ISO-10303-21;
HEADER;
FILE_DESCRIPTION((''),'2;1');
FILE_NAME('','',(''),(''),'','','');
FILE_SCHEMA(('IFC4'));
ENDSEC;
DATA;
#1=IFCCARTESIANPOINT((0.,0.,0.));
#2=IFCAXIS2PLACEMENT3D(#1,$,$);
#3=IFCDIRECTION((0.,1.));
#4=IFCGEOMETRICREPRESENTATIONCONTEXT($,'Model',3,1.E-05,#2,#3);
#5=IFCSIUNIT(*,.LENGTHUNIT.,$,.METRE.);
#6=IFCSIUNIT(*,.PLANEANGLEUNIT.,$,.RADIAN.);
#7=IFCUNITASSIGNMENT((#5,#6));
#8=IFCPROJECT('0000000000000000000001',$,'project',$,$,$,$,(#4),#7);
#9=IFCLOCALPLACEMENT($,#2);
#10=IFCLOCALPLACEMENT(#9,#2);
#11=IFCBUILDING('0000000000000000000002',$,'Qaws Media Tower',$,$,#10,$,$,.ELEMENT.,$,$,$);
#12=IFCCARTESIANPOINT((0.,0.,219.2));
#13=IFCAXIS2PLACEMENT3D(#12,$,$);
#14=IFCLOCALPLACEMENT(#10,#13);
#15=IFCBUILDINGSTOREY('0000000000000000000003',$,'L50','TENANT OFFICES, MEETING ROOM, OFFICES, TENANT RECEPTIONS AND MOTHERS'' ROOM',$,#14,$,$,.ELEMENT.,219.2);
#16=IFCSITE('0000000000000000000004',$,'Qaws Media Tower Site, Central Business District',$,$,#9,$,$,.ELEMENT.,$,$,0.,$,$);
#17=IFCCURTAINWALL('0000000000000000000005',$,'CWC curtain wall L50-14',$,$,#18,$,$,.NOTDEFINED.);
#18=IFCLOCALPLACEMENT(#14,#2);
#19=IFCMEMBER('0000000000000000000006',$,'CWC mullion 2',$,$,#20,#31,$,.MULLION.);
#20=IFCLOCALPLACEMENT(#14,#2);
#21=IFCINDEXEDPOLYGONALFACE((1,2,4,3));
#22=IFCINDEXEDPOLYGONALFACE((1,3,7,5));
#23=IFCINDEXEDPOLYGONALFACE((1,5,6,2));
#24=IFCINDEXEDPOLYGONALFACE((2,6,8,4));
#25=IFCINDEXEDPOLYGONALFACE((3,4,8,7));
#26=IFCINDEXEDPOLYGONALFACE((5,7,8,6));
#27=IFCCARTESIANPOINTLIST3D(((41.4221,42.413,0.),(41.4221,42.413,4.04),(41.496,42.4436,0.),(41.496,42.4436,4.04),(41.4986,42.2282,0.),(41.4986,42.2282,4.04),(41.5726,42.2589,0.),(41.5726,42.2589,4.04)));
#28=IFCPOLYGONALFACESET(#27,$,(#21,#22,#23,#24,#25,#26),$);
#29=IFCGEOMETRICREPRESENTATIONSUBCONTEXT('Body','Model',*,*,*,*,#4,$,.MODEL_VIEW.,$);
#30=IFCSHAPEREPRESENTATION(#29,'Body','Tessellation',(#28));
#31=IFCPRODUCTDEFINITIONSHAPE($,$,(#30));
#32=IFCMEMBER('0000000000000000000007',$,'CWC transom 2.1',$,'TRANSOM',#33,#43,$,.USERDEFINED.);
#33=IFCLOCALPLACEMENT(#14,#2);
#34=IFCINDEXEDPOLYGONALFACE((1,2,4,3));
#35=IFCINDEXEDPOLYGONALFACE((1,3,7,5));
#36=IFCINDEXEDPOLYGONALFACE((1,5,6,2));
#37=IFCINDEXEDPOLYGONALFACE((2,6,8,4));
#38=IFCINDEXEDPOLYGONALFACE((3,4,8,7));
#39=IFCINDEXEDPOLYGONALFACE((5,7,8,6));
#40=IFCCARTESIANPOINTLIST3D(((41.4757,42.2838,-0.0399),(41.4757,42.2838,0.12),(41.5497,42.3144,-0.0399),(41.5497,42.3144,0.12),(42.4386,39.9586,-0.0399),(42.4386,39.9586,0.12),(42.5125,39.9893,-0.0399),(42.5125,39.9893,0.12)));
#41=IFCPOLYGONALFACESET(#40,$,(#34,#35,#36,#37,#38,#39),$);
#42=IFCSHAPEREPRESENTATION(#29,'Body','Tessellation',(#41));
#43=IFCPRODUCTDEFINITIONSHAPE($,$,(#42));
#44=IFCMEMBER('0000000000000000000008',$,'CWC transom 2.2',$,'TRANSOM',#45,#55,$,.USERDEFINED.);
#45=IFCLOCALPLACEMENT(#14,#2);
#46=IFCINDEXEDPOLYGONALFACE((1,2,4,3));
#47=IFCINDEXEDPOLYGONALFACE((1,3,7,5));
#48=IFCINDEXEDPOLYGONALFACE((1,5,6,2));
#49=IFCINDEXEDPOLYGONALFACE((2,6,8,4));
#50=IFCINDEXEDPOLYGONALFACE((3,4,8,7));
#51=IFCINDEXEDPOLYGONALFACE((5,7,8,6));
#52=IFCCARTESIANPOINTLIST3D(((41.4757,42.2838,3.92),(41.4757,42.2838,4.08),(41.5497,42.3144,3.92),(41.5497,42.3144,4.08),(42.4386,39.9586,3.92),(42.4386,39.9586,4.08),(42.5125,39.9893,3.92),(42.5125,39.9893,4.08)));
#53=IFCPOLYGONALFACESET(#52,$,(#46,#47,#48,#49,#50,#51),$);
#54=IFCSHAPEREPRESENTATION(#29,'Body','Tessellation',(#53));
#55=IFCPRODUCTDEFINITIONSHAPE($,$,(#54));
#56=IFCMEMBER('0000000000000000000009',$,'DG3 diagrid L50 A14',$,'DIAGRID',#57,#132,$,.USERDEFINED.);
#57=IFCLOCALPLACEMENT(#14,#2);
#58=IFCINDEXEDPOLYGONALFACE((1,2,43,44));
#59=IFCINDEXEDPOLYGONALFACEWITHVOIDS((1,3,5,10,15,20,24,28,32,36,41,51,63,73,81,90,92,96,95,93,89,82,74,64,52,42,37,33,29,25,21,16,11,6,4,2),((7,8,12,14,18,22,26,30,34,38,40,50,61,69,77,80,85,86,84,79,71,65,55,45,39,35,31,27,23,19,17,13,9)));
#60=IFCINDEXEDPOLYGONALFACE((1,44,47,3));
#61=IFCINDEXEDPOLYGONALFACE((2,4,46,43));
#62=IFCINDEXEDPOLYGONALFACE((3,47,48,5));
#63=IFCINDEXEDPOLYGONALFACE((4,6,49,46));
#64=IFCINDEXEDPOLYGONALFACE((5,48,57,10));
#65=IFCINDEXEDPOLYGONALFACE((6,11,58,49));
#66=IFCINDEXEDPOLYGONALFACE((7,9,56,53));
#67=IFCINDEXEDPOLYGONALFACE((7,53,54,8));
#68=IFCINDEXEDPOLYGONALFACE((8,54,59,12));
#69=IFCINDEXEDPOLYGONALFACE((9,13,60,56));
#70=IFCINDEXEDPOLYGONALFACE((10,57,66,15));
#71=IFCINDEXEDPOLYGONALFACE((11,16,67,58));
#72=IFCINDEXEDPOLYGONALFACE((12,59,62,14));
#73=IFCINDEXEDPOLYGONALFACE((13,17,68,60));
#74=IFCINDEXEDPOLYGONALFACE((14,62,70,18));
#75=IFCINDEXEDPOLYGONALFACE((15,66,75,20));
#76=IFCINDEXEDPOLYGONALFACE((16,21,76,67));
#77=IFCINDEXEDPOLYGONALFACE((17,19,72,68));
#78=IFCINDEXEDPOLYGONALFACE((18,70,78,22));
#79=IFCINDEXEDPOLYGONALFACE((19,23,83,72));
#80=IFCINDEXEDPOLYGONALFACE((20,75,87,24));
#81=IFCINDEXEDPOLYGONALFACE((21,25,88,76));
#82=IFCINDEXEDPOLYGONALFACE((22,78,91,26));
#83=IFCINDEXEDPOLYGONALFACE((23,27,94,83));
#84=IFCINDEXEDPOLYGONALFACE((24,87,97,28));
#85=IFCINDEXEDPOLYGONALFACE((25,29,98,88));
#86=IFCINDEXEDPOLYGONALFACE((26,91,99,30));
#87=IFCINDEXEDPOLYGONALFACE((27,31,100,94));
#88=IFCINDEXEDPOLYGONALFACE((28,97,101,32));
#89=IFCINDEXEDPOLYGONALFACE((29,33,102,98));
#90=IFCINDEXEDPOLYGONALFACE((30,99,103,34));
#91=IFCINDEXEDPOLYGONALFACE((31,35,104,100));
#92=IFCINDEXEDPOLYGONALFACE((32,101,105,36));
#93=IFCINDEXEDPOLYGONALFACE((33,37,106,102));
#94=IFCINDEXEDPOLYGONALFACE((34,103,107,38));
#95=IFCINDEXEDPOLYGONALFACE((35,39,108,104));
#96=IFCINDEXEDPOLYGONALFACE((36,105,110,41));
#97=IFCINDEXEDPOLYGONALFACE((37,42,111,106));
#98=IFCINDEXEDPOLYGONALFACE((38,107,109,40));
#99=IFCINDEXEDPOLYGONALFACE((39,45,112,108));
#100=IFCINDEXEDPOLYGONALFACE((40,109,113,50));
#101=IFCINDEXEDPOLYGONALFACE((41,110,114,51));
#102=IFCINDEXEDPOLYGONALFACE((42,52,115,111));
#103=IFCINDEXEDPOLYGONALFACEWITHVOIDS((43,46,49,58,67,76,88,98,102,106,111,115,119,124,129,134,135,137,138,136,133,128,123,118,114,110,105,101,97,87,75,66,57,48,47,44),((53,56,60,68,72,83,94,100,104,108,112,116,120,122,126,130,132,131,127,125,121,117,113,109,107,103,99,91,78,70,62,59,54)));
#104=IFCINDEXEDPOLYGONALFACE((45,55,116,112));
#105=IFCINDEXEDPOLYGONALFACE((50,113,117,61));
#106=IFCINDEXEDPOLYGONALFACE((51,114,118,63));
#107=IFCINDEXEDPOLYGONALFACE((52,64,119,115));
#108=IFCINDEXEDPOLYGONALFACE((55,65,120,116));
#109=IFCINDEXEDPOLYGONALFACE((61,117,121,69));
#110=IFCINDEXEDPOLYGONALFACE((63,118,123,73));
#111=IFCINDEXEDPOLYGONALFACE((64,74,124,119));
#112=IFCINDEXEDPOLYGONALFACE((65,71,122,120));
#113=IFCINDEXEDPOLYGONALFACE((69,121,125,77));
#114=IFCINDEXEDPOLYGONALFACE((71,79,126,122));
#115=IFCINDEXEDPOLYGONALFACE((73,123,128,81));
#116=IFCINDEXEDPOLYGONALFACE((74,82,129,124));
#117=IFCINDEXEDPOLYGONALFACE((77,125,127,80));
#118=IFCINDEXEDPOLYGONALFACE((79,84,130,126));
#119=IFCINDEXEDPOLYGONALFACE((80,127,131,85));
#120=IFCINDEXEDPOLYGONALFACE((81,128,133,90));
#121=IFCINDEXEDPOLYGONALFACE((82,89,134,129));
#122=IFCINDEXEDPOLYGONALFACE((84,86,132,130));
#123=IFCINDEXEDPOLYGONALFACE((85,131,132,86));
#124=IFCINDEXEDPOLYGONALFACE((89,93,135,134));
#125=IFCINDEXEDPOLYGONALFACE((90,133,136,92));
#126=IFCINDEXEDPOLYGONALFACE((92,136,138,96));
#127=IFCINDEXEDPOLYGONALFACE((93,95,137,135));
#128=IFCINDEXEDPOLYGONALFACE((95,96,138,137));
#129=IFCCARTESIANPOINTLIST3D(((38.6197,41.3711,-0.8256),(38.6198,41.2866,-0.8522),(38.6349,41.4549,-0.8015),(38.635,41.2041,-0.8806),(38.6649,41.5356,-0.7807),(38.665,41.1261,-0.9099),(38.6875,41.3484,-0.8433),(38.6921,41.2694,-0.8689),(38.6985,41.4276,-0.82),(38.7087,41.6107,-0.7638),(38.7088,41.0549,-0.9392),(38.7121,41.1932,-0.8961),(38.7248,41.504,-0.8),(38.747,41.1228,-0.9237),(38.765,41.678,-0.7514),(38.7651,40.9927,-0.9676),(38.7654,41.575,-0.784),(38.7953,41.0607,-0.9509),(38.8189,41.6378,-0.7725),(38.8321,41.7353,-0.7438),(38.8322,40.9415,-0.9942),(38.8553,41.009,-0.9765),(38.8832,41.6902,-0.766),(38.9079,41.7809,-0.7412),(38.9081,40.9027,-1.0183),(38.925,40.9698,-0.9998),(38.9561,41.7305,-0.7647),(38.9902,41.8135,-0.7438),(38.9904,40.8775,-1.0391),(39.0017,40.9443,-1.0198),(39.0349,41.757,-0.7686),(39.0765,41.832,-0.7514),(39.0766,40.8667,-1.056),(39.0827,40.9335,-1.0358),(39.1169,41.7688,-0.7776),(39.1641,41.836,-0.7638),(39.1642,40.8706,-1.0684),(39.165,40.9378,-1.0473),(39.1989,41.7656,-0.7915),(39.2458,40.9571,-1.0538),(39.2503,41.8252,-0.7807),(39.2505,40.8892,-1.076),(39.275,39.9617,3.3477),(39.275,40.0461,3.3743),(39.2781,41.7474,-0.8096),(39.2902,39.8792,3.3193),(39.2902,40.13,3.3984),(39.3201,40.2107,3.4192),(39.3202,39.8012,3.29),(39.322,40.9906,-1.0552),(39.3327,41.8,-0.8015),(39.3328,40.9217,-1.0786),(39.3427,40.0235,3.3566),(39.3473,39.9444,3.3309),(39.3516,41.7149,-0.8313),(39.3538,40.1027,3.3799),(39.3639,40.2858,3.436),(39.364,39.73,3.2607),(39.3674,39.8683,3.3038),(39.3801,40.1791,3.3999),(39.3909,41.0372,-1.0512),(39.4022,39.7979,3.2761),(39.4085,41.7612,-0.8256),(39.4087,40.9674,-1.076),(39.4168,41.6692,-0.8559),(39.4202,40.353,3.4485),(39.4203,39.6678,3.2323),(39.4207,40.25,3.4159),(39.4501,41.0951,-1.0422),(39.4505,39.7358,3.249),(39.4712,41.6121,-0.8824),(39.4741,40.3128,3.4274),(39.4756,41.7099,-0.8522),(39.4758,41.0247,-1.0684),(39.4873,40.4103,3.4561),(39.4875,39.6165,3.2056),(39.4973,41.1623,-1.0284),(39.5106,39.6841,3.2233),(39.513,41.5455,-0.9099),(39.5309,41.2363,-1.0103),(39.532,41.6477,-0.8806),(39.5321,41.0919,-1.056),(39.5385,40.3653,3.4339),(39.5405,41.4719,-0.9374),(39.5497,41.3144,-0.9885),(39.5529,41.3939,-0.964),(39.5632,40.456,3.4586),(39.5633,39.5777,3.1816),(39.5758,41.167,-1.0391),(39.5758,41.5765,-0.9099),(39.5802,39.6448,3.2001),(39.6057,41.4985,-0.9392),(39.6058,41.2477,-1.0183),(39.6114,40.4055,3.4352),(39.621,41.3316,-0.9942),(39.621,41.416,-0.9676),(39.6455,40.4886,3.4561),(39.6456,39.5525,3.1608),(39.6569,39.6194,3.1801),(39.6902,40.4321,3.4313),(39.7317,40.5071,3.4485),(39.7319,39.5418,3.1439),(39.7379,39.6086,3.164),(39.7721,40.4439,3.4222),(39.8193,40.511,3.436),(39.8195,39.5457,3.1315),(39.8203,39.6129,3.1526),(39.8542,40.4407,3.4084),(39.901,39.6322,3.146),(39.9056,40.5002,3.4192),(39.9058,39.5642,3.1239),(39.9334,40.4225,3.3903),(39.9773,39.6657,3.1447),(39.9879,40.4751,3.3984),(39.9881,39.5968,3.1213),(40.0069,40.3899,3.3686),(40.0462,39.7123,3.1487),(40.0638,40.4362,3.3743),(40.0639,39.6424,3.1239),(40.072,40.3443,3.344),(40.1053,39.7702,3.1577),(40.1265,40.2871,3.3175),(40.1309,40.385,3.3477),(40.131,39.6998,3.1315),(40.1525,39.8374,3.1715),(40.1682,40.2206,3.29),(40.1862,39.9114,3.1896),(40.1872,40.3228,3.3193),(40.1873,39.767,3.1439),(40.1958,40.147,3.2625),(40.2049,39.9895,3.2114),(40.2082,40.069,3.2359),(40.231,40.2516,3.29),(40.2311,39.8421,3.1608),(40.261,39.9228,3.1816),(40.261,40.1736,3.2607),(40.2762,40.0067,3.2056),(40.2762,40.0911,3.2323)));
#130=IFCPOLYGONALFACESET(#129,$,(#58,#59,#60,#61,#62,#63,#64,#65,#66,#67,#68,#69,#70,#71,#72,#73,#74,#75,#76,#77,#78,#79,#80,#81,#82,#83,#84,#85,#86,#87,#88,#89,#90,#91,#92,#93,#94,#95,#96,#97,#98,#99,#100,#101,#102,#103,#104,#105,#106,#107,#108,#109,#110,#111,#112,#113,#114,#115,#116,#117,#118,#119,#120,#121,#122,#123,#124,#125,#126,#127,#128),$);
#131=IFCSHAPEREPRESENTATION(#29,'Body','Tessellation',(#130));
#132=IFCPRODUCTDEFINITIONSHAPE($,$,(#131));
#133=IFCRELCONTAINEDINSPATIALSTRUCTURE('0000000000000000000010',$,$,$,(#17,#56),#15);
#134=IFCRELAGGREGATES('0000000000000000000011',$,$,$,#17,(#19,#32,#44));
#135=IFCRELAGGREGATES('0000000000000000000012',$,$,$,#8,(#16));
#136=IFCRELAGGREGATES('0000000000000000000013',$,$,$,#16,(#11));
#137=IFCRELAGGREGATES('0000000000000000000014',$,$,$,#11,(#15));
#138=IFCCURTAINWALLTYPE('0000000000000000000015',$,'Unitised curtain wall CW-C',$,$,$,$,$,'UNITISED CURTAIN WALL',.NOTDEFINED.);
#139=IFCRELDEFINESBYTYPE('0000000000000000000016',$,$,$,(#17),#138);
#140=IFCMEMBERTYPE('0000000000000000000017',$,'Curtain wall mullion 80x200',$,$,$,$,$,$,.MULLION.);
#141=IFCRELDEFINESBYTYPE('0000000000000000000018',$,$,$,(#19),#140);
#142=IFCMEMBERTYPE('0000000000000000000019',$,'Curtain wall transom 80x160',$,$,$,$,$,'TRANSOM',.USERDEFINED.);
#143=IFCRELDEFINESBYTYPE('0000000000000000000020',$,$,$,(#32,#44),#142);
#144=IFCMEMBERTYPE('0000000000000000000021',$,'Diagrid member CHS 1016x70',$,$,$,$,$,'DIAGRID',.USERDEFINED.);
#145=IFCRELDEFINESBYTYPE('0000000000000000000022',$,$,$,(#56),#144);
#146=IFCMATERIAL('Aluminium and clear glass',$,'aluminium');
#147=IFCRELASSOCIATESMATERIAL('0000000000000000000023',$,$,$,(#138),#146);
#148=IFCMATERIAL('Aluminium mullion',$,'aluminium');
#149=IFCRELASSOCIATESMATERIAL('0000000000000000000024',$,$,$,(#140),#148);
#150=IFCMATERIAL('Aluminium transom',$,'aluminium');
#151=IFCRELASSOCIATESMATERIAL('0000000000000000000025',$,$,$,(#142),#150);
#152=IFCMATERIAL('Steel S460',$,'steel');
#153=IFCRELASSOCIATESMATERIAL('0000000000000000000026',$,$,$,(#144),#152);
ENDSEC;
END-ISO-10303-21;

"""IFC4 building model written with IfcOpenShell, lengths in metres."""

from ifc_helpers import new_model, si_unit, direction, frame, origin, origin_2d, place, context, subcontext, project, spatial, rectangle, hollow_circle, extrude, material, material_profile, profile_set, type_object, element, aggregate, save


model = new_model("IFC4")

# Units and contexts
model_context = context("Model", 3, precision=1e-05, world=origin(), true_north=direction((0.0, 1.0)))
body_context = subcontext(model_context, "Body", "Model", "MODEL_VIEW")
ifc_project = project(units=[si_unit("LENGTHUNIT", "METRE"), si_unit("PLANEANGLEUNIT", "RADIAN")], contexts=[model_context])

# Site, building, storey
site_placement = place(None, origin())
site = spatial("IfcSite", under=ifc_project, at=site_placement, Name="Qaws Media Tower Site, Central Business District", CompositionType="ELEMENT", RefElevation=0.0)
building_placement = place(site_placement, origin())
building = spatial("IfcBuilding", under=site, at=building_placement, Name="Qaws Media Tower", CompositionType="ELEMENT")
storey_placement = place(building_placement, frame((0.0, 0.0, 219.2)))
storey = spatial("IfcBuildingStorey", under=building, at=storey_placement, Name="L50", Description="TENANT OFFICES, MEETING ROOM, OFFICES, TENANT RECEPTIONS AND MOTHERS' ROOM", CompositionType="ELEMENT", Elevation=219.2)

# Curtain wall, members
ifc_material_1 = material(Name="Aluminium and clear glass", Category="aluminium")
curtain_wall_type = type_object("IfcCurtainWallType", Name="Unitised curtain wall CW-C", ElementType="UNITISED CURTAIN WALL", PredefinedType="NOTDEFINED", material=ifc_material_1)
curtain_wall_placement = place(storey_placement, origin())
curtain_wall = element("IfcCurtainWall", 1, at=curtain_wall_placement, inside=storey, type_object=curtain_wall_type, Name="CWC curtain wall L50-14", PredefinedType="NOTDEFINED")
ifc_material_2 = material(Name="Aluminium mullion", Category="aluminium")
ifc_material_profile_1 = material_profile(ifc_material_2, rectangle(XDim=0.0801, YDim=0.2, at=origin_2d()), Name="80x200")
ifc_profile_set_1 = profile_set([ifc_material_profile_1], Name="Aluminium mullion")
member_type_1 = type_object("IfcMemberType", Name="Curtain wall mullion 80x200", PredefinedType="MULLION", material=ifc_profile_set_1)
member_1_placement = place(storey_placement, frame((41.4973, 42.3359, 0.0), z_axis=(0.0, 0.0, 1.0), x_axis=(0.923879, 0.382684, 0.0)))
member_1 = element("IfcMember", 2, at=member_1_placement, type_object=member_type_1, Name="CWC mullion 2", PredefinedType="MULLION", context=body_context, shape_type="SweptSolid", body=[
    extrude(rectangle(XDim=0.0801, YDim=0.2, at=origin_2d()), origin(), (0.0, 0.0, 1.0), 4.04),
])
ifc_material_3 = material(Name="Aluminium transom", Category="aluminium")
ifc_material_profile_2 = material_profile(ifc_material_3, rectangle(XDim=0.0801, YDim=0.1599, at=origin_2d()), Name="80x160")
ifc_profile_set_2 = profile_set([ifc_material_profile_2], Name="Aluminium transom")
member_type_2 = type_object("IfcMemberType", Name="Curtain wall transom 80x160", ElementType="TRANSOM", PredefinedType="USERDEFINED", material=ifc_profile_set_2)
member_2_placement = place(storey_placement, frame((41.5127, 42.2991, 0.04), z_axis=(0.382603, -0.923913, 0.0), x_axis=(0.923913, 0.382603, 0.0)))
member_2 = element("IfcMember", 3, at=member_2_placement, type_object=member_type_2, Name="CWC transom 2.1", ObjectType="TRANSOM", PredefinedType="USERDEFINED", context=body_context, shape_type="SweptSolid", body=[
    extrude(rectangle(XDim=0.0801, YDim=0.1599, at=origin_2d()), origin(), (0.0, 0.0, 1.0), 2.5166),
])
member_3_placement = place(storey_placement, frame((41.5127, 42.2991, 4.0), z_axis=(0.382603, -0.923913, 0.0), x_axis=(0.923913, 0.382603, 0.0)))
member_3 = element("IfcMember", 4, at=member_3_placement, type_object=member_type_2, Name="CWC transom 2.2", ObjectType="TRANSOM", PredefinedType="USERDEFINED", context=body_context, shape_type="SweptSolid", body=[
    extrude(rectangle(XDim=0.0801, YDim=0.1599, at=origin_2d()), origin(), (0.0, 0.0, 1.0), 2.5166),
])

# Member
ifc_material_4 = material(Name="Steel S460", Category="steel")
ifc_material_profile_3 = material_profile(ifc_material_4, hollow_circle(Radius=0.5081, WallThickness=0.0701, at=origin_2d()), Name="CHS 1016x70")
ifc_profile_set_3 = profile_set([ifc_material_profile_3], Name="Steel S460")
member_type_3 = type_object("IfcMemberType", Name="Diagrid member CHS 1016x70", ElementType="DIAGRID", PredefinedType="USERDEFINED", material=ifc_profile_set_3)
for number, where, z_axis, x_axis, name in (
    (5, (39.1204, 41.3513, -0.9099), (0.147171, -0.297577, 0.943286), (0.896368, 0.443311, 0.0), "DG3 diagrid L50 A14"),
):
    element("IfcMember", number, at=place(storey_placement, frame(where, z_axis=z_axis, x_axis=x_axis)), inside=storey, type_object=member_type_3, Name=name, ObjectType="DIAGRID", PredefinedType="USERDEFINED", context=body_context, shape_type="SweptSolid", body=[
        extrude(hollow_circle(Radius=0.5081, WallThickness=0.0701, at=origin_2d()), origin(), (0.0, 0.0, 1.0), 4.4524),
    ])

aggregate(curtain_wall, [member_1, member_2, member_3])

save(model, "model.ifc")
